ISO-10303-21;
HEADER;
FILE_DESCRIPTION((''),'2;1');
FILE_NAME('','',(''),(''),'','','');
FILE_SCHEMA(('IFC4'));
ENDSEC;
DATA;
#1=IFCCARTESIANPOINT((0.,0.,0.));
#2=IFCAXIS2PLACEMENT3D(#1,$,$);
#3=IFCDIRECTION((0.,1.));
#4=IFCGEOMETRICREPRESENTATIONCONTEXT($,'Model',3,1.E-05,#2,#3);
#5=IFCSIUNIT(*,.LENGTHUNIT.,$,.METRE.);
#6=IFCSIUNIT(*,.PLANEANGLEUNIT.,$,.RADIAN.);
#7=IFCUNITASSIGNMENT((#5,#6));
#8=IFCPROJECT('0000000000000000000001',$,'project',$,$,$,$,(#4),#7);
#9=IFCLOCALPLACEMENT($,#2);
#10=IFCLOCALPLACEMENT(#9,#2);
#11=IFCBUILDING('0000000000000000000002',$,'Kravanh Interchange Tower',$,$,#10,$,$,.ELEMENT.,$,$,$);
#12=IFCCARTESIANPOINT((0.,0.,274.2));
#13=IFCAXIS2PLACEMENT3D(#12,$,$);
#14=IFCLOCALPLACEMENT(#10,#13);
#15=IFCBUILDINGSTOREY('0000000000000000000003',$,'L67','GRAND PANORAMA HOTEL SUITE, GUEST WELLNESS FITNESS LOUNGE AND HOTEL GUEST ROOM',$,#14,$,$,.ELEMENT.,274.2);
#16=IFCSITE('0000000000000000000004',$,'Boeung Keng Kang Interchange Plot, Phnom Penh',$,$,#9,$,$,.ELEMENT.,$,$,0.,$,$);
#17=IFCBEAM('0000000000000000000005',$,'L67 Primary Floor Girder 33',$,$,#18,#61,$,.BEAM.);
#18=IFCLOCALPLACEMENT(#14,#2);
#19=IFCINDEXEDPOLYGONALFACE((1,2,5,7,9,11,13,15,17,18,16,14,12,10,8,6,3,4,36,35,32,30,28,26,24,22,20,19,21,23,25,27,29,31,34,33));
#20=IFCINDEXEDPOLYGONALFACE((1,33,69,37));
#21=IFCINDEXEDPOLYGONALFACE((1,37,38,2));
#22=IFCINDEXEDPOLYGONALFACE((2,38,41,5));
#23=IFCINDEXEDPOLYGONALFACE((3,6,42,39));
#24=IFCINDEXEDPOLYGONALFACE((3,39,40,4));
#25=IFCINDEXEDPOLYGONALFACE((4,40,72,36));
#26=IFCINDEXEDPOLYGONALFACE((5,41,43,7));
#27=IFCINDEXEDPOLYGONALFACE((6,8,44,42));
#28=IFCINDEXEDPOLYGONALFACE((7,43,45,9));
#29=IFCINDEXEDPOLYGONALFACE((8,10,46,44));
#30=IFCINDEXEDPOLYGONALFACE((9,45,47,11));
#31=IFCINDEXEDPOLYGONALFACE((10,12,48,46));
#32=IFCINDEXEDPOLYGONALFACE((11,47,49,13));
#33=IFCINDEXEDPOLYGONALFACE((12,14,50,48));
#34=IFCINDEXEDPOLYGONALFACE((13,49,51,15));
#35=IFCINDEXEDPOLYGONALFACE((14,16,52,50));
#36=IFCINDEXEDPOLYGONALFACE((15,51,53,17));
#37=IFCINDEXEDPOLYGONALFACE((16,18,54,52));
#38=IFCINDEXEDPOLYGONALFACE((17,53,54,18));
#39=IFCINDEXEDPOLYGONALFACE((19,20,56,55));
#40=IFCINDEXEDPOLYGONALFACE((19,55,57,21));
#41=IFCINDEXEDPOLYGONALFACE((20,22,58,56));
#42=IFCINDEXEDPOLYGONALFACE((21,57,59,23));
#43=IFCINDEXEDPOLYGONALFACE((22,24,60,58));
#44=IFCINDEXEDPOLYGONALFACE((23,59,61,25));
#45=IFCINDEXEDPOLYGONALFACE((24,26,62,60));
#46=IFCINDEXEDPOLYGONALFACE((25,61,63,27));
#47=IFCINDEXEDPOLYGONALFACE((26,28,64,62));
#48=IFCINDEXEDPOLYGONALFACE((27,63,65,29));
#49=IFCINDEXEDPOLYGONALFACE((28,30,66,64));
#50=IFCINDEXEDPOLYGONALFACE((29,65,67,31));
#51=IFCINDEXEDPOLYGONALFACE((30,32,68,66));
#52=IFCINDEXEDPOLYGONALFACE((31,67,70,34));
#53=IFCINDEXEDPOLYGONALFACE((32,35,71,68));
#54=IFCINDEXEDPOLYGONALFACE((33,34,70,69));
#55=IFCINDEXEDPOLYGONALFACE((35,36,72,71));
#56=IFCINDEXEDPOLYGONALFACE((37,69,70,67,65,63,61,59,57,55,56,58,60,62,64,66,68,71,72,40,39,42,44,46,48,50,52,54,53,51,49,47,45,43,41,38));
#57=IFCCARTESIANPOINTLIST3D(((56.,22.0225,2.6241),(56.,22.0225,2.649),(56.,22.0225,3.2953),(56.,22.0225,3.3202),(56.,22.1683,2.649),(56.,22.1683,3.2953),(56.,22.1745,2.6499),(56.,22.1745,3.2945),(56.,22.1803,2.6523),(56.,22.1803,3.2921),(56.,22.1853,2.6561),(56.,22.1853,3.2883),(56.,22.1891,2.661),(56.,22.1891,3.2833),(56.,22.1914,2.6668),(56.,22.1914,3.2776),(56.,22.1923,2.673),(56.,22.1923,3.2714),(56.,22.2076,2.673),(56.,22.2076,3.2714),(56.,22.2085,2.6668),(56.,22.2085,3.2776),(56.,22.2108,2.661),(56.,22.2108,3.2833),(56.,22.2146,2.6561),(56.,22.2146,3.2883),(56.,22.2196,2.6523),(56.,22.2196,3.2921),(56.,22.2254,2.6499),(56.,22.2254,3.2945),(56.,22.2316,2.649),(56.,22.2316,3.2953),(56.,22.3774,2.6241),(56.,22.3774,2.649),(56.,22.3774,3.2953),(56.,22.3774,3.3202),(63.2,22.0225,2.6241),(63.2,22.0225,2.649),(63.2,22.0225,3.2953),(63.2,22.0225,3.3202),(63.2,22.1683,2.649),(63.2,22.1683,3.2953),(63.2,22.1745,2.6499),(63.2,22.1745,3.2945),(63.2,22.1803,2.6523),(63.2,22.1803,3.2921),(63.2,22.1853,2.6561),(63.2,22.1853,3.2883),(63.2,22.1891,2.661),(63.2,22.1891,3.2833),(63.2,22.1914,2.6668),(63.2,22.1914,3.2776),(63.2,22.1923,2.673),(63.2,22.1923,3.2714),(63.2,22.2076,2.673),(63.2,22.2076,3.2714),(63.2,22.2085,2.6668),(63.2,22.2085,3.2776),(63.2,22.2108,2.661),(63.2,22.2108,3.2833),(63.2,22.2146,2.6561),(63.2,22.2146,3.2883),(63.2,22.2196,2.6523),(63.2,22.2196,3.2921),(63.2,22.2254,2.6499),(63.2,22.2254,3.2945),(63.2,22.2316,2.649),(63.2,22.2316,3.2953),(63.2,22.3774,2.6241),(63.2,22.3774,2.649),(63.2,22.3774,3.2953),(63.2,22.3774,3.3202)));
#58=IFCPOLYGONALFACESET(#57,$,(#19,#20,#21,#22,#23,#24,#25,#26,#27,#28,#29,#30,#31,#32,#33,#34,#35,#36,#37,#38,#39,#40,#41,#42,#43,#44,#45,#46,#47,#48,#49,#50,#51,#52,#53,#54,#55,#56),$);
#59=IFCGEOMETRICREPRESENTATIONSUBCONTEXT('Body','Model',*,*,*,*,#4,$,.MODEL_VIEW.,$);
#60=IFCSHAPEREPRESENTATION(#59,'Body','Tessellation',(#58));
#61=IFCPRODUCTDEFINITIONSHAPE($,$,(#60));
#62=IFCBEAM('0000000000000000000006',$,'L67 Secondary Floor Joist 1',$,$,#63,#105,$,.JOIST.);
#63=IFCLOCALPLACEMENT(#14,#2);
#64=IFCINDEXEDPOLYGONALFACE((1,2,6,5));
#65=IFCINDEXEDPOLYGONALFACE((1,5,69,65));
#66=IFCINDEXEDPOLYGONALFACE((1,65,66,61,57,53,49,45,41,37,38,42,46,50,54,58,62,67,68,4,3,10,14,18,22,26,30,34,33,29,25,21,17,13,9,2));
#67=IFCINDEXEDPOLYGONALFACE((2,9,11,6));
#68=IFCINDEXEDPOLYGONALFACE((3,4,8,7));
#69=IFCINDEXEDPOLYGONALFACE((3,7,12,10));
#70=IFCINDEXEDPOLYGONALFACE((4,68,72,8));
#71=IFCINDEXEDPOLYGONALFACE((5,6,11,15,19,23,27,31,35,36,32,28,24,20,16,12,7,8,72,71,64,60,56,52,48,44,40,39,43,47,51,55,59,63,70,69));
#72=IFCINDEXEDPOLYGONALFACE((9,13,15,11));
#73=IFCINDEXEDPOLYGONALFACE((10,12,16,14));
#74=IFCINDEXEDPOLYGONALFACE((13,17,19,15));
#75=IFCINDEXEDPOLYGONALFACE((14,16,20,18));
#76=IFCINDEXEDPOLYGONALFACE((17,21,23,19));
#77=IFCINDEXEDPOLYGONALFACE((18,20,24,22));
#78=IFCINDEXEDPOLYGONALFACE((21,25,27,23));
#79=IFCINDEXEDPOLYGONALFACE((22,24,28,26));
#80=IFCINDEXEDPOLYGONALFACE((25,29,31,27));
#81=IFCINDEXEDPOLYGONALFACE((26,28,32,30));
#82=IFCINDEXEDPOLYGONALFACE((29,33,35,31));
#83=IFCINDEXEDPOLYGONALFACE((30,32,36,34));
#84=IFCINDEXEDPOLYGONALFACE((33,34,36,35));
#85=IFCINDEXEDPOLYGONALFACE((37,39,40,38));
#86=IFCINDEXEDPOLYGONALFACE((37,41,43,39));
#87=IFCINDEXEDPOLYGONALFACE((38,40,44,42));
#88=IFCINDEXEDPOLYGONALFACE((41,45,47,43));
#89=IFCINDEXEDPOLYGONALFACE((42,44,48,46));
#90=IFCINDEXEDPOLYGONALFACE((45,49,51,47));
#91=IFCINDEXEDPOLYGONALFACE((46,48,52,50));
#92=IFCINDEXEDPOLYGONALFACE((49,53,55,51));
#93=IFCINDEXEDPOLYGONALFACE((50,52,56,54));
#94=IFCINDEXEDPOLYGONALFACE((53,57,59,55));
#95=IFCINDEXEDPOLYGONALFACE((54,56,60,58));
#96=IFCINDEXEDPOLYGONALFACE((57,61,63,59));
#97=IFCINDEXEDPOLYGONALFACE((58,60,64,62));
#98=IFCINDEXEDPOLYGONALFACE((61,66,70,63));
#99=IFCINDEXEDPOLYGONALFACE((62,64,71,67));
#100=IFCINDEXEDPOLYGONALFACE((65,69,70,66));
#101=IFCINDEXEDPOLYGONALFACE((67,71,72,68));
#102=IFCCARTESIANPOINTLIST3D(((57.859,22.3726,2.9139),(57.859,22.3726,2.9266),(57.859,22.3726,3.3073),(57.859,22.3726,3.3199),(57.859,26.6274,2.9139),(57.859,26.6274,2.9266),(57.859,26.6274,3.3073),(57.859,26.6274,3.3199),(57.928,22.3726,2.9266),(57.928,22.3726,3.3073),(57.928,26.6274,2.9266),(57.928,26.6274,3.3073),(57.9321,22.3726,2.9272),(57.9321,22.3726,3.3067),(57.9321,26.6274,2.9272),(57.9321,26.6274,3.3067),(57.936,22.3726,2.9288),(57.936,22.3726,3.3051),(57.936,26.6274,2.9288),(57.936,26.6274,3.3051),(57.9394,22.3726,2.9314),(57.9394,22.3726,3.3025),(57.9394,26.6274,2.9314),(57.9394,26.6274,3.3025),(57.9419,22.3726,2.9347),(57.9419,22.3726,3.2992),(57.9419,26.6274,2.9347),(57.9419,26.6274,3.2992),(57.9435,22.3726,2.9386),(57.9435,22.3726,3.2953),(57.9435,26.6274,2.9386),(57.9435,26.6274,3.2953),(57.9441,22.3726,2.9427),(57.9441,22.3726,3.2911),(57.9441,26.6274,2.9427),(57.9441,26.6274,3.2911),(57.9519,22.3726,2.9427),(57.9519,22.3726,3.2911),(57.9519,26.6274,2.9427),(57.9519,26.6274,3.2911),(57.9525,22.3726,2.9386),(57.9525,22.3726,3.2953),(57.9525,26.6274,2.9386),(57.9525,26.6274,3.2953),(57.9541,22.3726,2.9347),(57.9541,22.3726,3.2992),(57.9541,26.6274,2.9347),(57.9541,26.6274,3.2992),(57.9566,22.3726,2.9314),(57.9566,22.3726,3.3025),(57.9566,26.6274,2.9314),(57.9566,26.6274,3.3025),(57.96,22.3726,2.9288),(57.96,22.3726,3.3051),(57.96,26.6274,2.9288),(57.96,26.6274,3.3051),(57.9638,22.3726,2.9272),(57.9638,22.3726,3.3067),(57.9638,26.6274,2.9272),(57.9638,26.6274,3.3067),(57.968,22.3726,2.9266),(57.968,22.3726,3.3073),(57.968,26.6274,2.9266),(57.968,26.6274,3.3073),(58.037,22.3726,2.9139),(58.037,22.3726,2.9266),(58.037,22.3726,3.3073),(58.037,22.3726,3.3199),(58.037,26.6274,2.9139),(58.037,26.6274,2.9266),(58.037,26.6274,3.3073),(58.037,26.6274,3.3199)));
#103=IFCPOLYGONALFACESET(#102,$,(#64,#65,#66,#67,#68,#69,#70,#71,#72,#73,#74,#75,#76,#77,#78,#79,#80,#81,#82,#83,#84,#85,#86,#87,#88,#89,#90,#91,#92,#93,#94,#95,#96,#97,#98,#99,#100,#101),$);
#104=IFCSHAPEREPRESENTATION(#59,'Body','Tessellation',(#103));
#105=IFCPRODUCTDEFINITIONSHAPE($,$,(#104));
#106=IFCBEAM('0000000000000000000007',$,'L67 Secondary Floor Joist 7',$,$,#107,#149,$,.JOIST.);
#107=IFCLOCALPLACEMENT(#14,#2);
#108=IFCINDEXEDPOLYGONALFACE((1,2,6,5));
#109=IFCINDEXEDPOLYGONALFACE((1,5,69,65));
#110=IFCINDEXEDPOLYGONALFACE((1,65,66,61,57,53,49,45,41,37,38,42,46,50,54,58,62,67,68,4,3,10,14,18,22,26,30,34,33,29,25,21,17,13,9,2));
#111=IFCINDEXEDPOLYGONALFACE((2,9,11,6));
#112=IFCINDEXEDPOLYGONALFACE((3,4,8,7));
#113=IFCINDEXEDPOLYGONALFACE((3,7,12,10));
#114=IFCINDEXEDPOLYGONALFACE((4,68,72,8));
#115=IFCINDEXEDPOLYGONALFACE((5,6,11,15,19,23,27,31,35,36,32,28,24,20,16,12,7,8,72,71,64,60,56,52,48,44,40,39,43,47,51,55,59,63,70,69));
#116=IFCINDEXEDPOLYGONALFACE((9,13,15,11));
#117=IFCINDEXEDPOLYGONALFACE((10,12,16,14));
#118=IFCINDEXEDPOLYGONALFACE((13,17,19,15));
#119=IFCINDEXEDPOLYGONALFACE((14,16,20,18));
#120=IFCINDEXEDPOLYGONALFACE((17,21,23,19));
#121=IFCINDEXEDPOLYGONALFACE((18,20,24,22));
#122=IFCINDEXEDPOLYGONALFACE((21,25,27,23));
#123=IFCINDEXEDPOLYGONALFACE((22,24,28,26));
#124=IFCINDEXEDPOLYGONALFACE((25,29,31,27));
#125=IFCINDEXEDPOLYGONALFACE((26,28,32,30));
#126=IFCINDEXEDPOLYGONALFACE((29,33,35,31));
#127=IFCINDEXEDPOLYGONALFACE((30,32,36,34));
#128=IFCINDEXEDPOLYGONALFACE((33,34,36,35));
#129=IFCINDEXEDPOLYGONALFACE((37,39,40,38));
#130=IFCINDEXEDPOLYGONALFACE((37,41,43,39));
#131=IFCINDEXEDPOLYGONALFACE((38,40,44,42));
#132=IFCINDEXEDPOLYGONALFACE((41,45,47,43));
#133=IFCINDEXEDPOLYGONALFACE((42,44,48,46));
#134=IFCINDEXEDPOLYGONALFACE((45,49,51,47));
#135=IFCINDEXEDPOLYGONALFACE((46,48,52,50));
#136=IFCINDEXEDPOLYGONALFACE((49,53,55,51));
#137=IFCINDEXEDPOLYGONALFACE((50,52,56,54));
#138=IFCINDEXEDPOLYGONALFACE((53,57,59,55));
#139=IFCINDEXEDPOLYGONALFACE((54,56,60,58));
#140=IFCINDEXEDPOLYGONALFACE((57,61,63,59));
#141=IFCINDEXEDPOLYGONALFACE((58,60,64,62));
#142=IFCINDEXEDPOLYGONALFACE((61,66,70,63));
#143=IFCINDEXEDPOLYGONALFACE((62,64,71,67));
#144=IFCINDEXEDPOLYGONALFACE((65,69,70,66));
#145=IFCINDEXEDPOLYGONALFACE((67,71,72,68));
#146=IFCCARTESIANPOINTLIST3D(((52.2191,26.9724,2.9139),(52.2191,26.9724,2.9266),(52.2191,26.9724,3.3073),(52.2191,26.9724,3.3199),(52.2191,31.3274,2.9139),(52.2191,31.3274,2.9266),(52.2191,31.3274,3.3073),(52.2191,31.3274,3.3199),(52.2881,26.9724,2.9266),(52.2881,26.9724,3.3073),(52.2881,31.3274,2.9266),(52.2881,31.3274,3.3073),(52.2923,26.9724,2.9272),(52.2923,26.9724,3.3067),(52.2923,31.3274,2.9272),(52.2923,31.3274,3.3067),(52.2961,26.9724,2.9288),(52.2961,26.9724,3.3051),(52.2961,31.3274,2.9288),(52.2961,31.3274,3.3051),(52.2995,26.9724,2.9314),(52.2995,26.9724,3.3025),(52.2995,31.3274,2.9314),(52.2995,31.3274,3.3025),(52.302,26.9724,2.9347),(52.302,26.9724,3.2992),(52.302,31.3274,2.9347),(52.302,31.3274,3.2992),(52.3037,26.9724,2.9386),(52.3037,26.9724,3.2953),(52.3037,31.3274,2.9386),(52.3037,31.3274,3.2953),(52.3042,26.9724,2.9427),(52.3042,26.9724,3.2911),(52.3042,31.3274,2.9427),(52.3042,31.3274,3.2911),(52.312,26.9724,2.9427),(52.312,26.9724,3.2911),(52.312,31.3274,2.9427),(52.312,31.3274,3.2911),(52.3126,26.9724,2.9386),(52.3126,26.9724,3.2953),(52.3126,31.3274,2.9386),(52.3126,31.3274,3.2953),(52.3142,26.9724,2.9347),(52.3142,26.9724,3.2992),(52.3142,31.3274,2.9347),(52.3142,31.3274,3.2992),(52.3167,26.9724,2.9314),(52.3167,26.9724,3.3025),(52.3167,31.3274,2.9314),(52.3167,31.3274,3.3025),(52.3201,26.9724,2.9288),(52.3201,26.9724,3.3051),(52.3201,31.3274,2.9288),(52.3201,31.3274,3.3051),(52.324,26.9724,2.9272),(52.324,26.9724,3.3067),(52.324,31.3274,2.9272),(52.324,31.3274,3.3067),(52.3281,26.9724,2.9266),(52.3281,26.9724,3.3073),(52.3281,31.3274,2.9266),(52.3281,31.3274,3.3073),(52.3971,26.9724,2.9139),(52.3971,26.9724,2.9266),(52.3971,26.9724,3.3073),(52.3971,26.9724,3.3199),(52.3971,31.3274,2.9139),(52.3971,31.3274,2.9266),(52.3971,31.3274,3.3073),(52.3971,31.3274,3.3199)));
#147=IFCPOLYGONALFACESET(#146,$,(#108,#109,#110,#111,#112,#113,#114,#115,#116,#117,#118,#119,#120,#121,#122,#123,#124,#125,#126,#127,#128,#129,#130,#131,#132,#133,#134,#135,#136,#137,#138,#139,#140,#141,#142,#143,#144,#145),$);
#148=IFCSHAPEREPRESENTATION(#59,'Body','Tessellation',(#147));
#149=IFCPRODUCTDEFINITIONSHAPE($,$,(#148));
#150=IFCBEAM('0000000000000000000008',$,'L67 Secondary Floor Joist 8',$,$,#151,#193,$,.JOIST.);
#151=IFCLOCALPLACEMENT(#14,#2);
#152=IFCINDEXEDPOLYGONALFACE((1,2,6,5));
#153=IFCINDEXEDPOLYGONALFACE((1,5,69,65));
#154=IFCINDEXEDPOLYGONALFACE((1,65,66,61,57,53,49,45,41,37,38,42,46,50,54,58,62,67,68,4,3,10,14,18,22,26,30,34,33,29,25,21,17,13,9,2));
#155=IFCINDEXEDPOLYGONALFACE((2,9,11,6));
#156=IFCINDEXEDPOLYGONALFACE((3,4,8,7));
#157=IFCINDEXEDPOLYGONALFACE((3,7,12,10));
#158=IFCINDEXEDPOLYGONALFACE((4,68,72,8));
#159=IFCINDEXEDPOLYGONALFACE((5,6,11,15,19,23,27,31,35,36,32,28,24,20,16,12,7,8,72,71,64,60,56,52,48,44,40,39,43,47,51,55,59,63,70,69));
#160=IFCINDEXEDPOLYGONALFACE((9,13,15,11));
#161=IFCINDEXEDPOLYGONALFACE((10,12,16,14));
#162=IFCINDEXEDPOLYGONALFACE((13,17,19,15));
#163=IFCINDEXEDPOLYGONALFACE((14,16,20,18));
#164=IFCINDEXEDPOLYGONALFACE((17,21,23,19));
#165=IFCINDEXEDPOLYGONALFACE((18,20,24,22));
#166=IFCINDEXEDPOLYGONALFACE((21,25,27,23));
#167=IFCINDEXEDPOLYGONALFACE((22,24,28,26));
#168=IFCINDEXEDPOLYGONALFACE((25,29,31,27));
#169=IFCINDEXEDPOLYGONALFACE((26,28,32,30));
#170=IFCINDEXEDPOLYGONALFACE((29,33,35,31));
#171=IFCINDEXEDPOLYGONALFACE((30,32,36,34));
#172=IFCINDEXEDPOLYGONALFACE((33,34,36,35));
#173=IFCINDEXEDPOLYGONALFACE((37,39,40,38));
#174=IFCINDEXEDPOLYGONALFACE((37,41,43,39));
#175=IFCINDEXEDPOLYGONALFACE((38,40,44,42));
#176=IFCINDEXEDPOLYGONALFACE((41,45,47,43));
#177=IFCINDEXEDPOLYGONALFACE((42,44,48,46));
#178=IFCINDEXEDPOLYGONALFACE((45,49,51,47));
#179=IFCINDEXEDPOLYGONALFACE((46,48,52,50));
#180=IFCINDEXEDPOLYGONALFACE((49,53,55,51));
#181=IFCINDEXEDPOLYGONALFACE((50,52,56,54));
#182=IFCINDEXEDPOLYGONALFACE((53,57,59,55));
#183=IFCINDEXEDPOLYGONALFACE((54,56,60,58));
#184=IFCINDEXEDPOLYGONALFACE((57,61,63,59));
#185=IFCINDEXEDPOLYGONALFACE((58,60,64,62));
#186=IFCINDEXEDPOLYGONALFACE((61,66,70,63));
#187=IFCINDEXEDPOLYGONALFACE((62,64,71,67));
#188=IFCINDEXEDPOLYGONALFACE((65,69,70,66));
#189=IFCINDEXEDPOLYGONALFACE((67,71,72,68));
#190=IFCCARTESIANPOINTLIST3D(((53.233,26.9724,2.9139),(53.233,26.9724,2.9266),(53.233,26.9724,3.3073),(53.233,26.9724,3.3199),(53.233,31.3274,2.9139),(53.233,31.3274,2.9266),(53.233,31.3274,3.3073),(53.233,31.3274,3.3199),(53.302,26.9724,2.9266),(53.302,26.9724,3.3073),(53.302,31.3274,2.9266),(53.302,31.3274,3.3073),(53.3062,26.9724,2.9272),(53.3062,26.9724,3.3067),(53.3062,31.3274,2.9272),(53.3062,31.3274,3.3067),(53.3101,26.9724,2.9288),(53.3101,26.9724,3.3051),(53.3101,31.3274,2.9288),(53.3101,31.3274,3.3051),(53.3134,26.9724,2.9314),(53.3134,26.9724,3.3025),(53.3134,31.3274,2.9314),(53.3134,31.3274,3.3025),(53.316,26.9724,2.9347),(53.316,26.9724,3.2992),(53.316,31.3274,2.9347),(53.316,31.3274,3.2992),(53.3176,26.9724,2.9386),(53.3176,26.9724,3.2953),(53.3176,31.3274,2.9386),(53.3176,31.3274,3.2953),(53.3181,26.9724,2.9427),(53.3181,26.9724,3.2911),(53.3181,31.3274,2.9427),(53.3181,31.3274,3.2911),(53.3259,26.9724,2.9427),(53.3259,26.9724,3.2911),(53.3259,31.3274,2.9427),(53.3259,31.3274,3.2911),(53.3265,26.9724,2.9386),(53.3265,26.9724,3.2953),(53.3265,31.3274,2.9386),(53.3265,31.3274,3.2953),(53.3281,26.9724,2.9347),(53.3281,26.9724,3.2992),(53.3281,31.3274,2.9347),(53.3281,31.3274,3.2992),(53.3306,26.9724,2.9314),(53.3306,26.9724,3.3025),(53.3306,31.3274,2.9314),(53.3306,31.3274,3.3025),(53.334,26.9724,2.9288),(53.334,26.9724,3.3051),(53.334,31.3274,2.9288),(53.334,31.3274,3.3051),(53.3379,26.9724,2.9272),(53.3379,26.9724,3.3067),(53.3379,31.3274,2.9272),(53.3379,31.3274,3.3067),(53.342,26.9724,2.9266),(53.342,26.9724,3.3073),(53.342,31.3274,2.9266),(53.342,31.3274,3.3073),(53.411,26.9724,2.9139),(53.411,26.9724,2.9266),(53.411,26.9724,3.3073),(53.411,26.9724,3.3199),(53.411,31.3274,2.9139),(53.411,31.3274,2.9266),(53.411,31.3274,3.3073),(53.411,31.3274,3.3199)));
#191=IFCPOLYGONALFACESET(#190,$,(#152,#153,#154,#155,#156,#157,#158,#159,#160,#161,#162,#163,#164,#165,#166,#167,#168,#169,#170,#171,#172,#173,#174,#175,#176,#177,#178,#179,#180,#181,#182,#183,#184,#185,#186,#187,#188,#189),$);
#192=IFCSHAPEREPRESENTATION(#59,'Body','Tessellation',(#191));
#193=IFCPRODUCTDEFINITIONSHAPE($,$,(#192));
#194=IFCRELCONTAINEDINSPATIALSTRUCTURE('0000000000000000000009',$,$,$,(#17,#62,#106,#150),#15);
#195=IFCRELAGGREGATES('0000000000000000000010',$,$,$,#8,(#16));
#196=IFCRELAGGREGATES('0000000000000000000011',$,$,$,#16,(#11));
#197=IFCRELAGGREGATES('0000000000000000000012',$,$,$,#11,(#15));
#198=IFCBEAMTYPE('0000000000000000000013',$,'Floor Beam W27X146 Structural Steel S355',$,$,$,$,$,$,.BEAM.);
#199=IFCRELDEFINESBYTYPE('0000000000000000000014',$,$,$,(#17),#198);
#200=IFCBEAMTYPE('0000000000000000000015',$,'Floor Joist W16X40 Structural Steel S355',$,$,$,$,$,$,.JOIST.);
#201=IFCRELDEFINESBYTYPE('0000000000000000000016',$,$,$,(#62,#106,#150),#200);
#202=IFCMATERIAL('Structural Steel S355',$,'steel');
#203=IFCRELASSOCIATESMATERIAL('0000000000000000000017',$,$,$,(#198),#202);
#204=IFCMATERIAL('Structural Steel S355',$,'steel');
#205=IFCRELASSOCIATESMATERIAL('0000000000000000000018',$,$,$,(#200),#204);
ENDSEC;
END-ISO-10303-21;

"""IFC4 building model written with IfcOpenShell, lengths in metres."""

from ifc_helpers import new_model, si_unit, direction, frame, origin, origin_2d, place, context, subcontext, project, spatial, i_section, extrude, material, material_profile, profile_set, type_object, element, save


model = new_model("IFC4")

# Units and contexts
model_context = context("Model", 3, precision=1e-05, world=origin(), true_north=direction((0.0, 1.0)))
body_context = subcontext(model_context, "Body", "Model", "MODEL_VIEW")
ifc_project = project(units=[si_unit("LENGTHUNIT", "METRE"), si_unit("PLANEANGLEUNIT", "RADIAN")], contexts=[model_context])

# Site, building, storey
site_placement = place(None, origin())
site = spatial("IfcSite", under=ifc_project, at=site_placement, Name="Boeung Keng Kang Interchange Plot, Phnom Penh", CompositionType="ELEMENT", RefElevation=0.0)
building_placement = place(site_placement, origin())
building = spatial("IfcBuilding", under=site, at=building_placement, Name="Kravanh Interchange Tower", CompositionType="ELEMENT")
storey_placement = place(building_placement, frame((0.0, 0.0, 274.2)))
storey = spatial("IfcBuildingStorey", under=building, at=storey_placement, Name="L67", Description="GRAND PANORAMA HOTEL SUITE, GUEST WELLNESS FITNESS LOUNGE AND HOTEL GUEST ROOM", CompositionType="ELEMENT", Elevation=274.2)

# Beams
ifc_material_1 = material(Name="Structural Steel S355", Category="steel")
ifc_material_profile_1 = material_profile(ifc_material_1, i_section(OverallWidth=0.355, OverallDepth=0.696, WebThickness=0.0154, FlangeThickness=0.0249, FilletRadius=0.0239, at=origin_2d()), Name="W27X146")
ifc_profile_set_1 = profile_set([ifc_material_profile_1], Name="Structural Steel S355")
beam_type_1 = type_object("IfcBeamType", Name="Floor Beam W27X146 Structural Steel S355", PredefinedType="BEAM", material=ifc_profile_set_1)
beam_1_placement = place(storey_placement, frame((56.0, 22.2, 2.9722), z_axis=(1.0, 0.0, 0.0), x_axis=(0.0, 1.0, 0.0)))
element("IfcBeam", 1, at=beam_1_placement, inside=storey, type_object=beam_type_1, Name="L67 Primary Floor Girder 33", PredefinedType="BEAM", context=body_context, shape_type="SweptSolid", body=[
    extrude(i_section(OverallWidth=0.355, OverallDepth=0.696, WebThickness=0.0154, FlangeThickness=0.0249, FilletRadius=0.0239, at=origin_2d()), origin(), (0.0, 0.0, 1.0), 7.2),
])
ifc_material_2 = material(Name="Structural Steel S355", Category="steel")
ifc_material_profile_2 = material_profile(ifc_material_2, i_section(OverallWidth=0.178, OverallDepth=0.406, WebThickness=0.0078, FlangeThickness=0.0127, FilletRadius=0.0161, at=origin_2d()), Name="W16X40")
ifc_profile_set_2 = profile_set([ifc_material_profile_2], Name="Structural Steel S355")
beam_type_2 = type_object("IfcBeamType", Name="Floor Joist W16X40 Structural Steel S355", PredefinedType="JOIST", material=ifc_profile_set_2)
beam_2_placement = place(storey_placement, frame((57.948, 22.3726, 3.1169), z_axis=(0.0, 1.0, 0.0), x_axis=(-1.0, 0.0, 0.0)))
element("IfcBeam", 2, at=beam_2_placement, inside=storey, type_object=beam_type_2, Name="L67 Secondary Floor Joist 1", PredefinedType="JOIST", context=body_context, shape_type="SweptSolid", body=[
    extrude(i_section(OverallWidth=0.178, OverallDepth=0.406, WebThickness=0.0078, FlangeThickness=0.0127, FilletRadius=0.0161, at=origin_2d()), origin(), (0.0, 0.0, 1.0), 4.2549),
])
for number, where, z_axis, x_axis, name in (
    (3, (52.3081, 26.9724, 3.1169), (0.0, 1.0, 0.0), (-1.0, 0.0, 0.0), "L67 Secondary Floor Joist 7"),
    (4, (53.322, 26.9724, 3.1169), (0.0, 1.0, 0.0), (-1.0, 0.0, 0.0), "L67 Secondary Floor Joist 8"),
):
    element("IfcBeam", number, at=place(storey_placement, frame(where, z_axis=z_axis, x_axis=x_axis)), inside=storey, type_object=beam_type_2, Name=name, PredefinedType="JOIST", context=body_context, shape_type="SweptSolid", body=[
        extrude(i_section(OverallWidth=0.178, OverallDepth=0.406, WebThickness=0.0078, FlangeThickness=0.0127, FilletRadius=0.0161, at=origin_2d()), origin(), (0.0, 0.0, 1.0), 4.355),
    ])

save(model, "model.ifc")
